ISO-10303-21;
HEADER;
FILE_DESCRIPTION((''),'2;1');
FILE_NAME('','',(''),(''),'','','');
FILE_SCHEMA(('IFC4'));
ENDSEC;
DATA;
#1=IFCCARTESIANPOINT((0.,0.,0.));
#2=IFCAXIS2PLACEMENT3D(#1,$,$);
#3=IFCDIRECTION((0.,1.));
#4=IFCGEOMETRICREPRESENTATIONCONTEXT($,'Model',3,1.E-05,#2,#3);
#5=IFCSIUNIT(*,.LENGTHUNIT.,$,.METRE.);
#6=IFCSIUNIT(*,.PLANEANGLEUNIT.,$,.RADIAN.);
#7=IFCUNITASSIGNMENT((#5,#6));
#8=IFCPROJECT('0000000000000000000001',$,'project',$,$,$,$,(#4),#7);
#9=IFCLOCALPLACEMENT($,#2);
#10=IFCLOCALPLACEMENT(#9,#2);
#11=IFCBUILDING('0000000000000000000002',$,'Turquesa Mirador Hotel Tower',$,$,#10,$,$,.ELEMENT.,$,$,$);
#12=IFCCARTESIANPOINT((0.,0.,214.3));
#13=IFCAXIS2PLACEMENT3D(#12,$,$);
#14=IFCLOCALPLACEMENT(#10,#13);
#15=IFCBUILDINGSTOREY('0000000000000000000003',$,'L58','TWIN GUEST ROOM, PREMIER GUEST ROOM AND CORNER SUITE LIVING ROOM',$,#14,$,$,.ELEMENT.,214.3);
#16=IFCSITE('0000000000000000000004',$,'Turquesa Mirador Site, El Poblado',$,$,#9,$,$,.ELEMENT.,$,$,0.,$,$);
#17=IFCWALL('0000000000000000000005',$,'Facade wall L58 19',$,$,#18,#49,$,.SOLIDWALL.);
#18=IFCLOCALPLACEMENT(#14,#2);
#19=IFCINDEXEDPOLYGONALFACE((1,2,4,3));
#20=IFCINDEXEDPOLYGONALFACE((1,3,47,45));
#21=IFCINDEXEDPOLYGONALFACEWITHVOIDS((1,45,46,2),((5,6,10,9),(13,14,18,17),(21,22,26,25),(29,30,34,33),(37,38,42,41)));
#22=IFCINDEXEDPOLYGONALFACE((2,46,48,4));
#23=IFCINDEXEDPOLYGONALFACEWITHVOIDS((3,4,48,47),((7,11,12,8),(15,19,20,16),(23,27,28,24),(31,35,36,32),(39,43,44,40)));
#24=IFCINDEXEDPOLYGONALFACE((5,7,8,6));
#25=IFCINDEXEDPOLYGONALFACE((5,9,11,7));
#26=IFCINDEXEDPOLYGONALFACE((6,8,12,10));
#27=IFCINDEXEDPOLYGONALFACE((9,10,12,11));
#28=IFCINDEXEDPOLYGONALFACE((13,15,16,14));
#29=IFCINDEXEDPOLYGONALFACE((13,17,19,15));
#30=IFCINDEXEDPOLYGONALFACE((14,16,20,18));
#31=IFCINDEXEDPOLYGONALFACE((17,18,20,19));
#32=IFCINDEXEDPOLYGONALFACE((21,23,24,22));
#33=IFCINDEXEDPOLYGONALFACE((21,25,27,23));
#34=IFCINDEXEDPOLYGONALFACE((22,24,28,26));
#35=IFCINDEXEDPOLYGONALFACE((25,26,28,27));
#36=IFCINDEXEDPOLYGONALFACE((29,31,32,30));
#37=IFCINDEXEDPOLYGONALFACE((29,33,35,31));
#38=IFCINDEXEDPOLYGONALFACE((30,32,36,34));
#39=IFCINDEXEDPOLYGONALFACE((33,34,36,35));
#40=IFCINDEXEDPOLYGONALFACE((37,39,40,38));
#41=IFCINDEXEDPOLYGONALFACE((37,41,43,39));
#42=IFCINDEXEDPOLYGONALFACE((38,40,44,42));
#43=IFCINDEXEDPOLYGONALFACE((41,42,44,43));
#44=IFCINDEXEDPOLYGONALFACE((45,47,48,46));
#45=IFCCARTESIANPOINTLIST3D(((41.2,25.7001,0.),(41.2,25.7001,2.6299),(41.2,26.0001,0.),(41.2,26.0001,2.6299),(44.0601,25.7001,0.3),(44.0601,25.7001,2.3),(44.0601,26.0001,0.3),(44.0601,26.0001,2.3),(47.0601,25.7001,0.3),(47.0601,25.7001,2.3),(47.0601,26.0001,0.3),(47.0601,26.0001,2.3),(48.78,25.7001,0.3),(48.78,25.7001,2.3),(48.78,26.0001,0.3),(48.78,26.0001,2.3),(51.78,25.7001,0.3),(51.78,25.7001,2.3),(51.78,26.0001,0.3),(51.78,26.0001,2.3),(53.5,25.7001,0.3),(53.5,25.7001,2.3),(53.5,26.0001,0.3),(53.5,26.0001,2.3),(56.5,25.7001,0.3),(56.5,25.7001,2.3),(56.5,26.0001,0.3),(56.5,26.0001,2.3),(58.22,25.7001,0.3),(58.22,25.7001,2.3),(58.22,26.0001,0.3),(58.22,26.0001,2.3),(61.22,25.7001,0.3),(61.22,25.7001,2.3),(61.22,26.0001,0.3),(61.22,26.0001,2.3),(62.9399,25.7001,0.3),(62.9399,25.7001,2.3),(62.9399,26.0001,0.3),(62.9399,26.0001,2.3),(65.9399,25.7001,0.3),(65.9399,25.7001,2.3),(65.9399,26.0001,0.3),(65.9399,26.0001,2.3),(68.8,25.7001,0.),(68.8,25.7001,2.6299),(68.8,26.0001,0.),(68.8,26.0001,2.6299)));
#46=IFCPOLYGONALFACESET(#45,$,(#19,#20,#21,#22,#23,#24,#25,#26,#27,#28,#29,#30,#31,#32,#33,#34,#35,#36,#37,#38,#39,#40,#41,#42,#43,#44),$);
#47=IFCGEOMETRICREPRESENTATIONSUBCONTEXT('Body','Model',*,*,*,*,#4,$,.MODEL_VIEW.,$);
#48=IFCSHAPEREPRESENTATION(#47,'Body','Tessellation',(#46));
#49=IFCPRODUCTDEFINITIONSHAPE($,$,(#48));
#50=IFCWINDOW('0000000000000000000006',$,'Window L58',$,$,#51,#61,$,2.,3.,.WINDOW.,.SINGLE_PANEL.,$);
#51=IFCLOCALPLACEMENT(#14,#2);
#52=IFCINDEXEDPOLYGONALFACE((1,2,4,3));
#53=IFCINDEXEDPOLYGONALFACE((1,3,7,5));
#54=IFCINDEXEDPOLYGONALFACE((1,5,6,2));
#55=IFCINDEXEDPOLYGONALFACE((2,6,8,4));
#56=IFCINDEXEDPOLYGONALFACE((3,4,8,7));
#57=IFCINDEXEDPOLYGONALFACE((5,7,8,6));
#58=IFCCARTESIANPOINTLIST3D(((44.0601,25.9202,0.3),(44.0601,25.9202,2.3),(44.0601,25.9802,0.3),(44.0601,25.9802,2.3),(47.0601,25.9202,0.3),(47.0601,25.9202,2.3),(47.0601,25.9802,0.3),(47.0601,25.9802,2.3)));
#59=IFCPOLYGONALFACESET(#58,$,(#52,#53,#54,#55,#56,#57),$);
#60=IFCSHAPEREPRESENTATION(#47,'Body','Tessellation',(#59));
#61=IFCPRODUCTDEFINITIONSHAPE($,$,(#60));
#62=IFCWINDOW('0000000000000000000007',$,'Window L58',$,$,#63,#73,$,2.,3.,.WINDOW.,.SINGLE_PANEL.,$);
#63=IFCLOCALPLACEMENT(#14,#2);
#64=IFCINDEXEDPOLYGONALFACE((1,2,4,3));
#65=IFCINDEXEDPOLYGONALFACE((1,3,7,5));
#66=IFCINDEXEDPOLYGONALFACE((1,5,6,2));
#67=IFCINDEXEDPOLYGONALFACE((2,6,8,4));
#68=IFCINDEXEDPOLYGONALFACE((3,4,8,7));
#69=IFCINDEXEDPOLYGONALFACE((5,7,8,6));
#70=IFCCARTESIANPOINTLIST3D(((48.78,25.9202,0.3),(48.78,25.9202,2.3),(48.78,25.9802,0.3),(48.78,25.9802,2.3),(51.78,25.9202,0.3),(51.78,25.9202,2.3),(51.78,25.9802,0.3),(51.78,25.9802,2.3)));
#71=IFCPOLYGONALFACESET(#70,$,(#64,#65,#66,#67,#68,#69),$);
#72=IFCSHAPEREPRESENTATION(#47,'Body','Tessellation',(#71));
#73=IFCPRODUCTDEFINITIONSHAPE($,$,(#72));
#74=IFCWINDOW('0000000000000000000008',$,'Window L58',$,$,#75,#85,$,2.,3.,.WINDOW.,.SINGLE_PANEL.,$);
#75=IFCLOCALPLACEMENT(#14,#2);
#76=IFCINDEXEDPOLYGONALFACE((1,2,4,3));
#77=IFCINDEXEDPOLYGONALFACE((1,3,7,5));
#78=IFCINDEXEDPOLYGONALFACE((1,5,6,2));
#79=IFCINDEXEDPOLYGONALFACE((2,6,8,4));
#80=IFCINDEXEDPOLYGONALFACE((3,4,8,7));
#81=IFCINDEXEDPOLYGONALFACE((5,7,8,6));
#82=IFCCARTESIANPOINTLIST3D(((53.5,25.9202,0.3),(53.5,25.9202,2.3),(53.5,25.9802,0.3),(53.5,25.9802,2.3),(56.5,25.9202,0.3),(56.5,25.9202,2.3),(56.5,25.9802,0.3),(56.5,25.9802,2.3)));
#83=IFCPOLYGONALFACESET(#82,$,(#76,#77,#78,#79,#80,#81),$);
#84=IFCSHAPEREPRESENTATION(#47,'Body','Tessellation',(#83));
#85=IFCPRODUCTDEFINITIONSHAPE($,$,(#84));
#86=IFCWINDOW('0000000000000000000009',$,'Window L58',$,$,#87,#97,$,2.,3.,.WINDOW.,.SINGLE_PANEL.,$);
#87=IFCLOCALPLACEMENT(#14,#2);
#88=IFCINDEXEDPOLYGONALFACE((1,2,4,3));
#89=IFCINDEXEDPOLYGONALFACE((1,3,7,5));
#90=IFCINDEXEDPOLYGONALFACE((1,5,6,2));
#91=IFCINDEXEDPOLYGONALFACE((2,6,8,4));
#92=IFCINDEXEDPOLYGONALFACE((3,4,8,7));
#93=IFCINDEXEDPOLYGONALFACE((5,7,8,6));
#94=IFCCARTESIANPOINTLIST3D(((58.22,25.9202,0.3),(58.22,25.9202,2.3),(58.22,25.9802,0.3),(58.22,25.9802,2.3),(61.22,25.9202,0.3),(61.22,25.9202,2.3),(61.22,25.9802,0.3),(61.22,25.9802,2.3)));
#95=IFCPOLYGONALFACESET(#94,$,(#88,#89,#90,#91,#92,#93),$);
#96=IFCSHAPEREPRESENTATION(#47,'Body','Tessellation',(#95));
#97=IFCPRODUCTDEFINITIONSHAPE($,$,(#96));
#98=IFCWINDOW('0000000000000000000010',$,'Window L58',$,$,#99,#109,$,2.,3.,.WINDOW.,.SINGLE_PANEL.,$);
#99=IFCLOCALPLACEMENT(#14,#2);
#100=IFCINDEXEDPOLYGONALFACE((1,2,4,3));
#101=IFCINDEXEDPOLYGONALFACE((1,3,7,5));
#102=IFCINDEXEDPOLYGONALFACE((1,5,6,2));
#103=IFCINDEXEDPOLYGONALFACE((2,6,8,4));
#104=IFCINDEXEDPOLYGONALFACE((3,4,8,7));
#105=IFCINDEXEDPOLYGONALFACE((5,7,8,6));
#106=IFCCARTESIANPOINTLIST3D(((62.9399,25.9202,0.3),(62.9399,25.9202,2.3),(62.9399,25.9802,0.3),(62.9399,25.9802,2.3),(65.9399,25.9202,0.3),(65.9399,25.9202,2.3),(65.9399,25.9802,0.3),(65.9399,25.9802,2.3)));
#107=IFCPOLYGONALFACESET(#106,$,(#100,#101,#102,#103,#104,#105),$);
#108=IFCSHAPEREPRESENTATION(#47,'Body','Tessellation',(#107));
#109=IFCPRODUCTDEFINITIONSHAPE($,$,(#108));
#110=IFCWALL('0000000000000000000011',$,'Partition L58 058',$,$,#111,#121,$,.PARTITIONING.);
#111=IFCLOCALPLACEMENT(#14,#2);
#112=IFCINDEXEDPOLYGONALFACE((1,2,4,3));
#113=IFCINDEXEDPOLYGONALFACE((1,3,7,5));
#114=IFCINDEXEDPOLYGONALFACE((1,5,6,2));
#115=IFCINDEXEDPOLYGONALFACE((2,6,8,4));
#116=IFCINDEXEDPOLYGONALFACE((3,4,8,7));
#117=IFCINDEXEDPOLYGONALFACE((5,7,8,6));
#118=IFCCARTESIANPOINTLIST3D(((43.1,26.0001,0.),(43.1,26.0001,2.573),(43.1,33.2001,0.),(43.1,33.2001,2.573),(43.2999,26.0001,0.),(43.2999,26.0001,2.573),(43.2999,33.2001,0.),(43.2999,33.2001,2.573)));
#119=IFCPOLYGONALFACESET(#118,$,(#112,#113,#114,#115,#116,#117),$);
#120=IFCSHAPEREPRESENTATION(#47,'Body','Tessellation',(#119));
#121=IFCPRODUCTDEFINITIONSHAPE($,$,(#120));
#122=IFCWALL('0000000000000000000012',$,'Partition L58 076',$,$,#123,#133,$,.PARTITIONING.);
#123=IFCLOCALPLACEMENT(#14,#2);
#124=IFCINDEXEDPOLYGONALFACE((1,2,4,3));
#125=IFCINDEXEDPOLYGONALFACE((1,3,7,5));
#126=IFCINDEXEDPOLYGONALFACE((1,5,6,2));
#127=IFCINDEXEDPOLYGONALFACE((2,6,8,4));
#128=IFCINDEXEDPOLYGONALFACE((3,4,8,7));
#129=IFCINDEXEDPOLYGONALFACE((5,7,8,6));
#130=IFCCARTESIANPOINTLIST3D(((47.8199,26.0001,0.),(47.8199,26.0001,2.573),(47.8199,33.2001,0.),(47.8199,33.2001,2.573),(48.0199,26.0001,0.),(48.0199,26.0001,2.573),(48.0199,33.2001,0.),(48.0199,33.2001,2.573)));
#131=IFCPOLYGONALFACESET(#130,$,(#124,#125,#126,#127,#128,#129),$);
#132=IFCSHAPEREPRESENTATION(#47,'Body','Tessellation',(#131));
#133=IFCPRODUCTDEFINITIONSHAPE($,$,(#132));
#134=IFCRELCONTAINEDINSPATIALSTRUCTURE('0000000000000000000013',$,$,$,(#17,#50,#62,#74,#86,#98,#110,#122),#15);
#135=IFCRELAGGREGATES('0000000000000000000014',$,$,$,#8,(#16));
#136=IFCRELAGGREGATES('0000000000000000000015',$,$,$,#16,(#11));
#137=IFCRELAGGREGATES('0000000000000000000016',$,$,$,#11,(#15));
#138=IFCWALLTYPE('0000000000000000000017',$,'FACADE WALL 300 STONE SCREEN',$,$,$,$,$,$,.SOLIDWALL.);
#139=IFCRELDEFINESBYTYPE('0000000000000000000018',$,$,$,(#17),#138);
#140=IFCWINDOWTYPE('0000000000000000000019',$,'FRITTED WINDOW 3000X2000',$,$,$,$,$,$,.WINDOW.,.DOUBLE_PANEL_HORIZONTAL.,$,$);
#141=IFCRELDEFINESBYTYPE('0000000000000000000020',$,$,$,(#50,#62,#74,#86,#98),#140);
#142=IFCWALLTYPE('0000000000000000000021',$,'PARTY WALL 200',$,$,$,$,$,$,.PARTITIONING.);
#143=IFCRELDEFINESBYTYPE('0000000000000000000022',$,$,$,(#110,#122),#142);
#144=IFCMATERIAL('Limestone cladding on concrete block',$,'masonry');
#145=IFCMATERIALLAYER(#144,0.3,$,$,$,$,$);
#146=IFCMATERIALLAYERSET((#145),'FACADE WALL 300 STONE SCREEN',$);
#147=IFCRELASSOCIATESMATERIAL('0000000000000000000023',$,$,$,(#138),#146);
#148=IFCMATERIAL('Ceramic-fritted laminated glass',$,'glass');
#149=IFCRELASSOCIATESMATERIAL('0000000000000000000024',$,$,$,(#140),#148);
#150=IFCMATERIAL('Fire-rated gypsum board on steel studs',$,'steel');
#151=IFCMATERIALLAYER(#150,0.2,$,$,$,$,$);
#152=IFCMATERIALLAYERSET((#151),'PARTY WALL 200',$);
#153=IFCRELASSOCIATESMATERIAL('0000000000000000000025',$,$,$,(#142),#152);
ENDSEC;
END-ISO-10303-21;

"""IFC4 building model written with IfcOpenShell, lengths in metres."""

from ifc_helpers import new_model, si_unit, direction, frame, frame_2d, origin, place, context, subcontext, project, spatial, rectangle, extrude, material, layer, layer_set, type_object, element, fill, save


model = new_model("IFC4")

# Units and contexts
model_context = context("Model", 3, precision=1e-05, world=origin(), true_north=direction((0.0, 1.0)))
body_context = subcontext(model_context, "Body", "Model", "MODEL_VIEW")
ifc_project = project(units=[si_unit("LENGTHUNIT", "METRE"), si_unit("PLANEANGLEUNIT", "RADIAN")], contexts=[model_context])

# Site, building, storey
site_placement = place(None, origin())
site = spatial("IfcSite", under=ifc_project, at=site_placement, Name="Turquesa Mirador Site, El Poblado", CompositionType="ELEMENT", RefElevation=0.0)
building_placement = place(site_placement, origin())
building = spatial("IfcBuilding", under=site, at=building_placement, Name="Turquesa Mirador Hotel Tower", CompositionType="ELEMENT")
storey_placement = place(building_placement, frame((0.0, 0.0, 214.3)))
storey = spatial("IfcBuildingStorey", under=building, at=storey_placement, Name="L58", Description="TWIN GUEST ROOM, PREMIER GUEST ROOM AND CORNER SUITE LIVING ROOM", CompositionType="ELEMENT", Elevation=214.3)

# Wall, openings, windows
ifc_material_1 = material(Name="Limestone cladding on concrete block", Category="masonry")
ifc_layer_1 = layer(ifc_material_1, 0.3)
ifc_layer_set_1 = layer_set([ifc_layer_1], Name="FACADE WALL 300 STONE SCREEN")
wall_type_1 = type_object("IfcWallType", Name="FACADE WALL 300 STONE SCREEN", PredefinedType="SOLIDWALL", material=ifc_layer_set_1)
wall_1_placement = place(storey_placement, frame((41.2, 25.8501, 0.0), z_axis=(0.0, 0.0, 1.0), x_axis=(1.0, 0.0, 0.0)))
wall_1 = element("IfcWall", 1, at=wall_1_placement, inside=storey, type_object=wall_type_1, Name="Facade wall L58 19", PredefinedType="SOLIDWALL", context=body_context, shape_type="SweptSolid", body=[
    extrude(rectangle(XDim=27.6001, YDim=0.3, at=frame_2d((13.8, 0.0))), origin(), (0.0, 0.0, 1.0), 2.6299),
])
opening_1_placement = place(wall_1_placement, frame((2.8601, 0.0, 0.3)))
opening_1 = element("IfcOpeningElement", 2, at=opening_1_placement, cuts=wall_1, PredefinedType="OPENING", context=body_context, shape_type="SweptSolid", body=[
    extrude(rectangle(XDim=3.0, YDim=2.0, at=frame_2d((1.5, 1.0))), frame((0.0, 0.1599, 0.0), z_axis=(0.0, -1.0, 0.0), x_axis=(1.0, 0.0, 0.0)), (0.0, 0.0, 1.0), 0.3201),
])
opening_2_placement = place(wall_1_placement, frame((7.5801, 0.0, 0.3)))
opening_2 = element("IfcOpeningElement", 3, at=opening_2_placement, cuts=wall_1, PredefinedType="OPENING", context=body_context, shape_type="SweptSolid", body=[
    extrude(rectangle(XDim=3.0, YDim=2.0, at=frame_2d((1.5, 1.0))), frame((0.0, 0.1599, 0.0), z_axis=(0.0, -1.0, 0.0), x_axis=(1.0, 0.0, 0.0)), (0.0, 0.0, 1.0), 0.3201),
])
opening_3_placement = place(wall_1_placement, frame((12.3, 0.0, 0.3)))
opening_3 = element("IfcOpeningElement", 4, at=opening_3_placement, cuts=wall_1, PredefinedType="OPENING", context=body_context, shape_type="SweptSolid", body=[
    extrude(rectangle(XDim=3.0, YDim=2.0, at=frame_2d((1.5, 1.0))), frame((0.0, 0.1599, 0.0), z_axis=(0.0, -1.0, 0.0), x_axis=(1.0, 0.0, 0.0)), (0.0, 0.0, 1.0), 0.3201),
])
opening_4_placement = place(wall_1_placement, frame((17.02, 0.0, 0.3)))
opening_4 = element("IfcOpeningElement", 5, at=opening_4_placement, cuts=wall_1, PredefinedType="OPENING", context=body_context, shape_type="SweptSolid", body=[
    extrude(rectangle(XDim=3.0, YDim=2.0, at=frame_2d((1.5, 1.0))), frame((0.0, 0.1599, 0.0), z_axis=(0.0, -1.0, 0.0), x_axis=(1.0, 0.0, 0.0)), (0.0, 0.0, 1.0), 0.3201),
])
opening_5_placement = place(wall_1_placement, frame((21.74, 0.0, 0.3)))
opening_5 = element("IfcOpeningElement", 6, at=opening_5_placement, cuts=wall_1, PredefinedType="OPENING", context=body_context, shape_type="SweptSolid", body=[
    extrude(rectangle(XDim=3.0, YDim=2.0, at=frame_2d((1.5, 1.0))), frame((0.0, 0.1599, 0.0), z_axis=(0.0, -1.0, 0.0), x_axis=(1.0, 0.0, 0.0)), (0.0, 0.0, 1.0), 0.3201),
])
ifc_material_2 = material(Name="Ceramic-fritted laminated glass", Category="glass")
window_type = type_object("IfcWindowType", Name="FRITTED WINDOW 3000X2000", PartitioningType="DOUBLE_PANEL_HORIZONTAL", PredefinedType="WINDOW", material=ifc_material_2)
window_1_placement = place(opening_1_placement, origin())
window_1 = element("IfcWindow", 7, at=window_1_placement, inside=storey, type_object=window_type, Name="Window L58", OverallHeight=2.0, OverallWidth=3.0, PartitioningType="SINGLE_PANEL", PredefinedType="WINDOW", context=body_context, shape_type="SweptSolid", body=[
    extrude(rectangle(XDim=3.0, YDim=2.0, at=frame_2d((1.5, 1.0))), frame((0.0, 0.1301, 0.0), z_axis=(0.0, -1.0, 0.0), x_axis=(1.0, 0.0, 0.0)), (0.0, 0.0, 1.0), 0.0601),
])
fill(opening_1, window_1)
window_2_placement = place(opening_2_placement, origin())
window_2 = element("IfcWindow", 8, at=window_2_placement, inside=storey, type_object=window_type, Name="Window L58", OverallHeight=2.0, OverallWidth=3.0, PartitioningType="SINGLE_PANEL", PredefinedType="WINDOW", context=body_context, shape_type="SweptSolid", body=[
    extrude(rectangle(XDim=3.0, YDim=2.0, at=frame_2d((1.5, 1.0))), frame((0.0, 0.1301, 0.0), z_axis=(0.0, -1.0, 0.0), x_axis=(1.0, 0.0, 0.0)), (0.0, 0.0, 1.0), 0.0601),
])
fill(opening_2, window_2)
window_3_placement = place(opening_3_placement, origin())
window_3 = element("IfcWindow", 9, at=window_3_placement, inside=storey, type_object=window_type, Name="Window L58", OverallHeight=2.0, OverallWidth=3.0, PartitioningType="SINGLE_PANEL", PredefinedType="WINDOW", context=body_context, shape_type="SweptSolid", body=[
    extrude(rectangle(XDim=3.0, YDim=2.0, at=frame_2d((1.5, 1.0))), frame((0.0, 0.1301, 0.0), z_axis=(0.0, -1.0, 0.0), x_axis=(1.0, 0.0, 0.0)), (0.0, 0.0, 1.0), 0.0601),
])
fill(opening_3, window_3)
window_4_placement = place(opening_4_placement, origin())
window_4 = element("IfcWindow", 10, at=window_4_placement, inside=storey, type_object=window_type, Name="Window L58", OverallHeight=2.0, OverallWidth=3.0, PartitioningType="SINGLE_PANEL", PredefinedType="WINDOW", context=body_context, shape_type="SweptSolid", body=[
    extrude(rectangle(XDim=3.0, YDim=2.0, at=frame_2d((1.5, 1.0))), frame((0.0, 0.1301, 0.0), z_axis=(0.0, -1.0, 0.0), x_axis=(1.0, 0.0, 0.0)), (0.0, 0.0, 1.0), 0.0601),
])
fill(opening_4, window_4)
window_5_placement = place(opening_5_placement, origin())
window_5 = element("IfcWindow", 11, at=window_5_placement, inside=storey, type_object=window_type, Name="Window L58", OverallHeight=2.0, OverallWidth=3.0, PartitioningType="SINGLE_PANEL", PredefinedType="WINDOW", context=body_context, shape_type="SweptSolid", body=[
    extrude(rectangle(XDim=3.0, YDim=2.0, at=frame_2d((1.5, 1.0))), frame((0.0, 0.1301, 0.0), z_axis=(0.0, -1.0, 0.0), x_axis=(1.0, 0.0, 0.0)), (0.0, 0.0, 1.0), 0.0601),
])
fill(opening_5, window_5)

# Walls
ifc_material_3 = material(Name="Fire-rated gypsum board on steel studs", Category="steel")
ifc_layer_2 = layer(ifc_material_3, 0.2)
ifc_layer_set_2 = layer_set([ifc_layer_2], Name="PARTY WALL 200")
wall_type_2 = type_object("IfcWallType", Name="PARTY WALL 200", PredefinedType="PARTITIONING", material=ifc_layer_set_2)
for number, where, z_axis, x_axis, name in (
    (12, (43.2, 26.0, 0.0), (0.0, 0.0, 1.0), (0.0, 1.0, 0.0), "Partition L58 058"),
    (13, (47.9199, 26.0, 0.0), (0.0, 0.0, 1.0), (0.0, 1.0, 0.0), "Partition L58 076"),
):
    element("IfcWall", number, at=place(storey_placement, frame(where, z_axis=z_axis, x_axis=x_axis)), inside=storey, type_object=wall_type_2, Name=name, PredefinedType="PARTITIONING", context=body_context, shape_type="SweptSolid", body=[
        extrude(rectangle(XDim=7.2, YDim=0.2, at=frame_2d((3.6001, 0.0))), origin(), (0.0, 0.0, 1.0), 2.573),
    ])

save(model, "model.ifc")
